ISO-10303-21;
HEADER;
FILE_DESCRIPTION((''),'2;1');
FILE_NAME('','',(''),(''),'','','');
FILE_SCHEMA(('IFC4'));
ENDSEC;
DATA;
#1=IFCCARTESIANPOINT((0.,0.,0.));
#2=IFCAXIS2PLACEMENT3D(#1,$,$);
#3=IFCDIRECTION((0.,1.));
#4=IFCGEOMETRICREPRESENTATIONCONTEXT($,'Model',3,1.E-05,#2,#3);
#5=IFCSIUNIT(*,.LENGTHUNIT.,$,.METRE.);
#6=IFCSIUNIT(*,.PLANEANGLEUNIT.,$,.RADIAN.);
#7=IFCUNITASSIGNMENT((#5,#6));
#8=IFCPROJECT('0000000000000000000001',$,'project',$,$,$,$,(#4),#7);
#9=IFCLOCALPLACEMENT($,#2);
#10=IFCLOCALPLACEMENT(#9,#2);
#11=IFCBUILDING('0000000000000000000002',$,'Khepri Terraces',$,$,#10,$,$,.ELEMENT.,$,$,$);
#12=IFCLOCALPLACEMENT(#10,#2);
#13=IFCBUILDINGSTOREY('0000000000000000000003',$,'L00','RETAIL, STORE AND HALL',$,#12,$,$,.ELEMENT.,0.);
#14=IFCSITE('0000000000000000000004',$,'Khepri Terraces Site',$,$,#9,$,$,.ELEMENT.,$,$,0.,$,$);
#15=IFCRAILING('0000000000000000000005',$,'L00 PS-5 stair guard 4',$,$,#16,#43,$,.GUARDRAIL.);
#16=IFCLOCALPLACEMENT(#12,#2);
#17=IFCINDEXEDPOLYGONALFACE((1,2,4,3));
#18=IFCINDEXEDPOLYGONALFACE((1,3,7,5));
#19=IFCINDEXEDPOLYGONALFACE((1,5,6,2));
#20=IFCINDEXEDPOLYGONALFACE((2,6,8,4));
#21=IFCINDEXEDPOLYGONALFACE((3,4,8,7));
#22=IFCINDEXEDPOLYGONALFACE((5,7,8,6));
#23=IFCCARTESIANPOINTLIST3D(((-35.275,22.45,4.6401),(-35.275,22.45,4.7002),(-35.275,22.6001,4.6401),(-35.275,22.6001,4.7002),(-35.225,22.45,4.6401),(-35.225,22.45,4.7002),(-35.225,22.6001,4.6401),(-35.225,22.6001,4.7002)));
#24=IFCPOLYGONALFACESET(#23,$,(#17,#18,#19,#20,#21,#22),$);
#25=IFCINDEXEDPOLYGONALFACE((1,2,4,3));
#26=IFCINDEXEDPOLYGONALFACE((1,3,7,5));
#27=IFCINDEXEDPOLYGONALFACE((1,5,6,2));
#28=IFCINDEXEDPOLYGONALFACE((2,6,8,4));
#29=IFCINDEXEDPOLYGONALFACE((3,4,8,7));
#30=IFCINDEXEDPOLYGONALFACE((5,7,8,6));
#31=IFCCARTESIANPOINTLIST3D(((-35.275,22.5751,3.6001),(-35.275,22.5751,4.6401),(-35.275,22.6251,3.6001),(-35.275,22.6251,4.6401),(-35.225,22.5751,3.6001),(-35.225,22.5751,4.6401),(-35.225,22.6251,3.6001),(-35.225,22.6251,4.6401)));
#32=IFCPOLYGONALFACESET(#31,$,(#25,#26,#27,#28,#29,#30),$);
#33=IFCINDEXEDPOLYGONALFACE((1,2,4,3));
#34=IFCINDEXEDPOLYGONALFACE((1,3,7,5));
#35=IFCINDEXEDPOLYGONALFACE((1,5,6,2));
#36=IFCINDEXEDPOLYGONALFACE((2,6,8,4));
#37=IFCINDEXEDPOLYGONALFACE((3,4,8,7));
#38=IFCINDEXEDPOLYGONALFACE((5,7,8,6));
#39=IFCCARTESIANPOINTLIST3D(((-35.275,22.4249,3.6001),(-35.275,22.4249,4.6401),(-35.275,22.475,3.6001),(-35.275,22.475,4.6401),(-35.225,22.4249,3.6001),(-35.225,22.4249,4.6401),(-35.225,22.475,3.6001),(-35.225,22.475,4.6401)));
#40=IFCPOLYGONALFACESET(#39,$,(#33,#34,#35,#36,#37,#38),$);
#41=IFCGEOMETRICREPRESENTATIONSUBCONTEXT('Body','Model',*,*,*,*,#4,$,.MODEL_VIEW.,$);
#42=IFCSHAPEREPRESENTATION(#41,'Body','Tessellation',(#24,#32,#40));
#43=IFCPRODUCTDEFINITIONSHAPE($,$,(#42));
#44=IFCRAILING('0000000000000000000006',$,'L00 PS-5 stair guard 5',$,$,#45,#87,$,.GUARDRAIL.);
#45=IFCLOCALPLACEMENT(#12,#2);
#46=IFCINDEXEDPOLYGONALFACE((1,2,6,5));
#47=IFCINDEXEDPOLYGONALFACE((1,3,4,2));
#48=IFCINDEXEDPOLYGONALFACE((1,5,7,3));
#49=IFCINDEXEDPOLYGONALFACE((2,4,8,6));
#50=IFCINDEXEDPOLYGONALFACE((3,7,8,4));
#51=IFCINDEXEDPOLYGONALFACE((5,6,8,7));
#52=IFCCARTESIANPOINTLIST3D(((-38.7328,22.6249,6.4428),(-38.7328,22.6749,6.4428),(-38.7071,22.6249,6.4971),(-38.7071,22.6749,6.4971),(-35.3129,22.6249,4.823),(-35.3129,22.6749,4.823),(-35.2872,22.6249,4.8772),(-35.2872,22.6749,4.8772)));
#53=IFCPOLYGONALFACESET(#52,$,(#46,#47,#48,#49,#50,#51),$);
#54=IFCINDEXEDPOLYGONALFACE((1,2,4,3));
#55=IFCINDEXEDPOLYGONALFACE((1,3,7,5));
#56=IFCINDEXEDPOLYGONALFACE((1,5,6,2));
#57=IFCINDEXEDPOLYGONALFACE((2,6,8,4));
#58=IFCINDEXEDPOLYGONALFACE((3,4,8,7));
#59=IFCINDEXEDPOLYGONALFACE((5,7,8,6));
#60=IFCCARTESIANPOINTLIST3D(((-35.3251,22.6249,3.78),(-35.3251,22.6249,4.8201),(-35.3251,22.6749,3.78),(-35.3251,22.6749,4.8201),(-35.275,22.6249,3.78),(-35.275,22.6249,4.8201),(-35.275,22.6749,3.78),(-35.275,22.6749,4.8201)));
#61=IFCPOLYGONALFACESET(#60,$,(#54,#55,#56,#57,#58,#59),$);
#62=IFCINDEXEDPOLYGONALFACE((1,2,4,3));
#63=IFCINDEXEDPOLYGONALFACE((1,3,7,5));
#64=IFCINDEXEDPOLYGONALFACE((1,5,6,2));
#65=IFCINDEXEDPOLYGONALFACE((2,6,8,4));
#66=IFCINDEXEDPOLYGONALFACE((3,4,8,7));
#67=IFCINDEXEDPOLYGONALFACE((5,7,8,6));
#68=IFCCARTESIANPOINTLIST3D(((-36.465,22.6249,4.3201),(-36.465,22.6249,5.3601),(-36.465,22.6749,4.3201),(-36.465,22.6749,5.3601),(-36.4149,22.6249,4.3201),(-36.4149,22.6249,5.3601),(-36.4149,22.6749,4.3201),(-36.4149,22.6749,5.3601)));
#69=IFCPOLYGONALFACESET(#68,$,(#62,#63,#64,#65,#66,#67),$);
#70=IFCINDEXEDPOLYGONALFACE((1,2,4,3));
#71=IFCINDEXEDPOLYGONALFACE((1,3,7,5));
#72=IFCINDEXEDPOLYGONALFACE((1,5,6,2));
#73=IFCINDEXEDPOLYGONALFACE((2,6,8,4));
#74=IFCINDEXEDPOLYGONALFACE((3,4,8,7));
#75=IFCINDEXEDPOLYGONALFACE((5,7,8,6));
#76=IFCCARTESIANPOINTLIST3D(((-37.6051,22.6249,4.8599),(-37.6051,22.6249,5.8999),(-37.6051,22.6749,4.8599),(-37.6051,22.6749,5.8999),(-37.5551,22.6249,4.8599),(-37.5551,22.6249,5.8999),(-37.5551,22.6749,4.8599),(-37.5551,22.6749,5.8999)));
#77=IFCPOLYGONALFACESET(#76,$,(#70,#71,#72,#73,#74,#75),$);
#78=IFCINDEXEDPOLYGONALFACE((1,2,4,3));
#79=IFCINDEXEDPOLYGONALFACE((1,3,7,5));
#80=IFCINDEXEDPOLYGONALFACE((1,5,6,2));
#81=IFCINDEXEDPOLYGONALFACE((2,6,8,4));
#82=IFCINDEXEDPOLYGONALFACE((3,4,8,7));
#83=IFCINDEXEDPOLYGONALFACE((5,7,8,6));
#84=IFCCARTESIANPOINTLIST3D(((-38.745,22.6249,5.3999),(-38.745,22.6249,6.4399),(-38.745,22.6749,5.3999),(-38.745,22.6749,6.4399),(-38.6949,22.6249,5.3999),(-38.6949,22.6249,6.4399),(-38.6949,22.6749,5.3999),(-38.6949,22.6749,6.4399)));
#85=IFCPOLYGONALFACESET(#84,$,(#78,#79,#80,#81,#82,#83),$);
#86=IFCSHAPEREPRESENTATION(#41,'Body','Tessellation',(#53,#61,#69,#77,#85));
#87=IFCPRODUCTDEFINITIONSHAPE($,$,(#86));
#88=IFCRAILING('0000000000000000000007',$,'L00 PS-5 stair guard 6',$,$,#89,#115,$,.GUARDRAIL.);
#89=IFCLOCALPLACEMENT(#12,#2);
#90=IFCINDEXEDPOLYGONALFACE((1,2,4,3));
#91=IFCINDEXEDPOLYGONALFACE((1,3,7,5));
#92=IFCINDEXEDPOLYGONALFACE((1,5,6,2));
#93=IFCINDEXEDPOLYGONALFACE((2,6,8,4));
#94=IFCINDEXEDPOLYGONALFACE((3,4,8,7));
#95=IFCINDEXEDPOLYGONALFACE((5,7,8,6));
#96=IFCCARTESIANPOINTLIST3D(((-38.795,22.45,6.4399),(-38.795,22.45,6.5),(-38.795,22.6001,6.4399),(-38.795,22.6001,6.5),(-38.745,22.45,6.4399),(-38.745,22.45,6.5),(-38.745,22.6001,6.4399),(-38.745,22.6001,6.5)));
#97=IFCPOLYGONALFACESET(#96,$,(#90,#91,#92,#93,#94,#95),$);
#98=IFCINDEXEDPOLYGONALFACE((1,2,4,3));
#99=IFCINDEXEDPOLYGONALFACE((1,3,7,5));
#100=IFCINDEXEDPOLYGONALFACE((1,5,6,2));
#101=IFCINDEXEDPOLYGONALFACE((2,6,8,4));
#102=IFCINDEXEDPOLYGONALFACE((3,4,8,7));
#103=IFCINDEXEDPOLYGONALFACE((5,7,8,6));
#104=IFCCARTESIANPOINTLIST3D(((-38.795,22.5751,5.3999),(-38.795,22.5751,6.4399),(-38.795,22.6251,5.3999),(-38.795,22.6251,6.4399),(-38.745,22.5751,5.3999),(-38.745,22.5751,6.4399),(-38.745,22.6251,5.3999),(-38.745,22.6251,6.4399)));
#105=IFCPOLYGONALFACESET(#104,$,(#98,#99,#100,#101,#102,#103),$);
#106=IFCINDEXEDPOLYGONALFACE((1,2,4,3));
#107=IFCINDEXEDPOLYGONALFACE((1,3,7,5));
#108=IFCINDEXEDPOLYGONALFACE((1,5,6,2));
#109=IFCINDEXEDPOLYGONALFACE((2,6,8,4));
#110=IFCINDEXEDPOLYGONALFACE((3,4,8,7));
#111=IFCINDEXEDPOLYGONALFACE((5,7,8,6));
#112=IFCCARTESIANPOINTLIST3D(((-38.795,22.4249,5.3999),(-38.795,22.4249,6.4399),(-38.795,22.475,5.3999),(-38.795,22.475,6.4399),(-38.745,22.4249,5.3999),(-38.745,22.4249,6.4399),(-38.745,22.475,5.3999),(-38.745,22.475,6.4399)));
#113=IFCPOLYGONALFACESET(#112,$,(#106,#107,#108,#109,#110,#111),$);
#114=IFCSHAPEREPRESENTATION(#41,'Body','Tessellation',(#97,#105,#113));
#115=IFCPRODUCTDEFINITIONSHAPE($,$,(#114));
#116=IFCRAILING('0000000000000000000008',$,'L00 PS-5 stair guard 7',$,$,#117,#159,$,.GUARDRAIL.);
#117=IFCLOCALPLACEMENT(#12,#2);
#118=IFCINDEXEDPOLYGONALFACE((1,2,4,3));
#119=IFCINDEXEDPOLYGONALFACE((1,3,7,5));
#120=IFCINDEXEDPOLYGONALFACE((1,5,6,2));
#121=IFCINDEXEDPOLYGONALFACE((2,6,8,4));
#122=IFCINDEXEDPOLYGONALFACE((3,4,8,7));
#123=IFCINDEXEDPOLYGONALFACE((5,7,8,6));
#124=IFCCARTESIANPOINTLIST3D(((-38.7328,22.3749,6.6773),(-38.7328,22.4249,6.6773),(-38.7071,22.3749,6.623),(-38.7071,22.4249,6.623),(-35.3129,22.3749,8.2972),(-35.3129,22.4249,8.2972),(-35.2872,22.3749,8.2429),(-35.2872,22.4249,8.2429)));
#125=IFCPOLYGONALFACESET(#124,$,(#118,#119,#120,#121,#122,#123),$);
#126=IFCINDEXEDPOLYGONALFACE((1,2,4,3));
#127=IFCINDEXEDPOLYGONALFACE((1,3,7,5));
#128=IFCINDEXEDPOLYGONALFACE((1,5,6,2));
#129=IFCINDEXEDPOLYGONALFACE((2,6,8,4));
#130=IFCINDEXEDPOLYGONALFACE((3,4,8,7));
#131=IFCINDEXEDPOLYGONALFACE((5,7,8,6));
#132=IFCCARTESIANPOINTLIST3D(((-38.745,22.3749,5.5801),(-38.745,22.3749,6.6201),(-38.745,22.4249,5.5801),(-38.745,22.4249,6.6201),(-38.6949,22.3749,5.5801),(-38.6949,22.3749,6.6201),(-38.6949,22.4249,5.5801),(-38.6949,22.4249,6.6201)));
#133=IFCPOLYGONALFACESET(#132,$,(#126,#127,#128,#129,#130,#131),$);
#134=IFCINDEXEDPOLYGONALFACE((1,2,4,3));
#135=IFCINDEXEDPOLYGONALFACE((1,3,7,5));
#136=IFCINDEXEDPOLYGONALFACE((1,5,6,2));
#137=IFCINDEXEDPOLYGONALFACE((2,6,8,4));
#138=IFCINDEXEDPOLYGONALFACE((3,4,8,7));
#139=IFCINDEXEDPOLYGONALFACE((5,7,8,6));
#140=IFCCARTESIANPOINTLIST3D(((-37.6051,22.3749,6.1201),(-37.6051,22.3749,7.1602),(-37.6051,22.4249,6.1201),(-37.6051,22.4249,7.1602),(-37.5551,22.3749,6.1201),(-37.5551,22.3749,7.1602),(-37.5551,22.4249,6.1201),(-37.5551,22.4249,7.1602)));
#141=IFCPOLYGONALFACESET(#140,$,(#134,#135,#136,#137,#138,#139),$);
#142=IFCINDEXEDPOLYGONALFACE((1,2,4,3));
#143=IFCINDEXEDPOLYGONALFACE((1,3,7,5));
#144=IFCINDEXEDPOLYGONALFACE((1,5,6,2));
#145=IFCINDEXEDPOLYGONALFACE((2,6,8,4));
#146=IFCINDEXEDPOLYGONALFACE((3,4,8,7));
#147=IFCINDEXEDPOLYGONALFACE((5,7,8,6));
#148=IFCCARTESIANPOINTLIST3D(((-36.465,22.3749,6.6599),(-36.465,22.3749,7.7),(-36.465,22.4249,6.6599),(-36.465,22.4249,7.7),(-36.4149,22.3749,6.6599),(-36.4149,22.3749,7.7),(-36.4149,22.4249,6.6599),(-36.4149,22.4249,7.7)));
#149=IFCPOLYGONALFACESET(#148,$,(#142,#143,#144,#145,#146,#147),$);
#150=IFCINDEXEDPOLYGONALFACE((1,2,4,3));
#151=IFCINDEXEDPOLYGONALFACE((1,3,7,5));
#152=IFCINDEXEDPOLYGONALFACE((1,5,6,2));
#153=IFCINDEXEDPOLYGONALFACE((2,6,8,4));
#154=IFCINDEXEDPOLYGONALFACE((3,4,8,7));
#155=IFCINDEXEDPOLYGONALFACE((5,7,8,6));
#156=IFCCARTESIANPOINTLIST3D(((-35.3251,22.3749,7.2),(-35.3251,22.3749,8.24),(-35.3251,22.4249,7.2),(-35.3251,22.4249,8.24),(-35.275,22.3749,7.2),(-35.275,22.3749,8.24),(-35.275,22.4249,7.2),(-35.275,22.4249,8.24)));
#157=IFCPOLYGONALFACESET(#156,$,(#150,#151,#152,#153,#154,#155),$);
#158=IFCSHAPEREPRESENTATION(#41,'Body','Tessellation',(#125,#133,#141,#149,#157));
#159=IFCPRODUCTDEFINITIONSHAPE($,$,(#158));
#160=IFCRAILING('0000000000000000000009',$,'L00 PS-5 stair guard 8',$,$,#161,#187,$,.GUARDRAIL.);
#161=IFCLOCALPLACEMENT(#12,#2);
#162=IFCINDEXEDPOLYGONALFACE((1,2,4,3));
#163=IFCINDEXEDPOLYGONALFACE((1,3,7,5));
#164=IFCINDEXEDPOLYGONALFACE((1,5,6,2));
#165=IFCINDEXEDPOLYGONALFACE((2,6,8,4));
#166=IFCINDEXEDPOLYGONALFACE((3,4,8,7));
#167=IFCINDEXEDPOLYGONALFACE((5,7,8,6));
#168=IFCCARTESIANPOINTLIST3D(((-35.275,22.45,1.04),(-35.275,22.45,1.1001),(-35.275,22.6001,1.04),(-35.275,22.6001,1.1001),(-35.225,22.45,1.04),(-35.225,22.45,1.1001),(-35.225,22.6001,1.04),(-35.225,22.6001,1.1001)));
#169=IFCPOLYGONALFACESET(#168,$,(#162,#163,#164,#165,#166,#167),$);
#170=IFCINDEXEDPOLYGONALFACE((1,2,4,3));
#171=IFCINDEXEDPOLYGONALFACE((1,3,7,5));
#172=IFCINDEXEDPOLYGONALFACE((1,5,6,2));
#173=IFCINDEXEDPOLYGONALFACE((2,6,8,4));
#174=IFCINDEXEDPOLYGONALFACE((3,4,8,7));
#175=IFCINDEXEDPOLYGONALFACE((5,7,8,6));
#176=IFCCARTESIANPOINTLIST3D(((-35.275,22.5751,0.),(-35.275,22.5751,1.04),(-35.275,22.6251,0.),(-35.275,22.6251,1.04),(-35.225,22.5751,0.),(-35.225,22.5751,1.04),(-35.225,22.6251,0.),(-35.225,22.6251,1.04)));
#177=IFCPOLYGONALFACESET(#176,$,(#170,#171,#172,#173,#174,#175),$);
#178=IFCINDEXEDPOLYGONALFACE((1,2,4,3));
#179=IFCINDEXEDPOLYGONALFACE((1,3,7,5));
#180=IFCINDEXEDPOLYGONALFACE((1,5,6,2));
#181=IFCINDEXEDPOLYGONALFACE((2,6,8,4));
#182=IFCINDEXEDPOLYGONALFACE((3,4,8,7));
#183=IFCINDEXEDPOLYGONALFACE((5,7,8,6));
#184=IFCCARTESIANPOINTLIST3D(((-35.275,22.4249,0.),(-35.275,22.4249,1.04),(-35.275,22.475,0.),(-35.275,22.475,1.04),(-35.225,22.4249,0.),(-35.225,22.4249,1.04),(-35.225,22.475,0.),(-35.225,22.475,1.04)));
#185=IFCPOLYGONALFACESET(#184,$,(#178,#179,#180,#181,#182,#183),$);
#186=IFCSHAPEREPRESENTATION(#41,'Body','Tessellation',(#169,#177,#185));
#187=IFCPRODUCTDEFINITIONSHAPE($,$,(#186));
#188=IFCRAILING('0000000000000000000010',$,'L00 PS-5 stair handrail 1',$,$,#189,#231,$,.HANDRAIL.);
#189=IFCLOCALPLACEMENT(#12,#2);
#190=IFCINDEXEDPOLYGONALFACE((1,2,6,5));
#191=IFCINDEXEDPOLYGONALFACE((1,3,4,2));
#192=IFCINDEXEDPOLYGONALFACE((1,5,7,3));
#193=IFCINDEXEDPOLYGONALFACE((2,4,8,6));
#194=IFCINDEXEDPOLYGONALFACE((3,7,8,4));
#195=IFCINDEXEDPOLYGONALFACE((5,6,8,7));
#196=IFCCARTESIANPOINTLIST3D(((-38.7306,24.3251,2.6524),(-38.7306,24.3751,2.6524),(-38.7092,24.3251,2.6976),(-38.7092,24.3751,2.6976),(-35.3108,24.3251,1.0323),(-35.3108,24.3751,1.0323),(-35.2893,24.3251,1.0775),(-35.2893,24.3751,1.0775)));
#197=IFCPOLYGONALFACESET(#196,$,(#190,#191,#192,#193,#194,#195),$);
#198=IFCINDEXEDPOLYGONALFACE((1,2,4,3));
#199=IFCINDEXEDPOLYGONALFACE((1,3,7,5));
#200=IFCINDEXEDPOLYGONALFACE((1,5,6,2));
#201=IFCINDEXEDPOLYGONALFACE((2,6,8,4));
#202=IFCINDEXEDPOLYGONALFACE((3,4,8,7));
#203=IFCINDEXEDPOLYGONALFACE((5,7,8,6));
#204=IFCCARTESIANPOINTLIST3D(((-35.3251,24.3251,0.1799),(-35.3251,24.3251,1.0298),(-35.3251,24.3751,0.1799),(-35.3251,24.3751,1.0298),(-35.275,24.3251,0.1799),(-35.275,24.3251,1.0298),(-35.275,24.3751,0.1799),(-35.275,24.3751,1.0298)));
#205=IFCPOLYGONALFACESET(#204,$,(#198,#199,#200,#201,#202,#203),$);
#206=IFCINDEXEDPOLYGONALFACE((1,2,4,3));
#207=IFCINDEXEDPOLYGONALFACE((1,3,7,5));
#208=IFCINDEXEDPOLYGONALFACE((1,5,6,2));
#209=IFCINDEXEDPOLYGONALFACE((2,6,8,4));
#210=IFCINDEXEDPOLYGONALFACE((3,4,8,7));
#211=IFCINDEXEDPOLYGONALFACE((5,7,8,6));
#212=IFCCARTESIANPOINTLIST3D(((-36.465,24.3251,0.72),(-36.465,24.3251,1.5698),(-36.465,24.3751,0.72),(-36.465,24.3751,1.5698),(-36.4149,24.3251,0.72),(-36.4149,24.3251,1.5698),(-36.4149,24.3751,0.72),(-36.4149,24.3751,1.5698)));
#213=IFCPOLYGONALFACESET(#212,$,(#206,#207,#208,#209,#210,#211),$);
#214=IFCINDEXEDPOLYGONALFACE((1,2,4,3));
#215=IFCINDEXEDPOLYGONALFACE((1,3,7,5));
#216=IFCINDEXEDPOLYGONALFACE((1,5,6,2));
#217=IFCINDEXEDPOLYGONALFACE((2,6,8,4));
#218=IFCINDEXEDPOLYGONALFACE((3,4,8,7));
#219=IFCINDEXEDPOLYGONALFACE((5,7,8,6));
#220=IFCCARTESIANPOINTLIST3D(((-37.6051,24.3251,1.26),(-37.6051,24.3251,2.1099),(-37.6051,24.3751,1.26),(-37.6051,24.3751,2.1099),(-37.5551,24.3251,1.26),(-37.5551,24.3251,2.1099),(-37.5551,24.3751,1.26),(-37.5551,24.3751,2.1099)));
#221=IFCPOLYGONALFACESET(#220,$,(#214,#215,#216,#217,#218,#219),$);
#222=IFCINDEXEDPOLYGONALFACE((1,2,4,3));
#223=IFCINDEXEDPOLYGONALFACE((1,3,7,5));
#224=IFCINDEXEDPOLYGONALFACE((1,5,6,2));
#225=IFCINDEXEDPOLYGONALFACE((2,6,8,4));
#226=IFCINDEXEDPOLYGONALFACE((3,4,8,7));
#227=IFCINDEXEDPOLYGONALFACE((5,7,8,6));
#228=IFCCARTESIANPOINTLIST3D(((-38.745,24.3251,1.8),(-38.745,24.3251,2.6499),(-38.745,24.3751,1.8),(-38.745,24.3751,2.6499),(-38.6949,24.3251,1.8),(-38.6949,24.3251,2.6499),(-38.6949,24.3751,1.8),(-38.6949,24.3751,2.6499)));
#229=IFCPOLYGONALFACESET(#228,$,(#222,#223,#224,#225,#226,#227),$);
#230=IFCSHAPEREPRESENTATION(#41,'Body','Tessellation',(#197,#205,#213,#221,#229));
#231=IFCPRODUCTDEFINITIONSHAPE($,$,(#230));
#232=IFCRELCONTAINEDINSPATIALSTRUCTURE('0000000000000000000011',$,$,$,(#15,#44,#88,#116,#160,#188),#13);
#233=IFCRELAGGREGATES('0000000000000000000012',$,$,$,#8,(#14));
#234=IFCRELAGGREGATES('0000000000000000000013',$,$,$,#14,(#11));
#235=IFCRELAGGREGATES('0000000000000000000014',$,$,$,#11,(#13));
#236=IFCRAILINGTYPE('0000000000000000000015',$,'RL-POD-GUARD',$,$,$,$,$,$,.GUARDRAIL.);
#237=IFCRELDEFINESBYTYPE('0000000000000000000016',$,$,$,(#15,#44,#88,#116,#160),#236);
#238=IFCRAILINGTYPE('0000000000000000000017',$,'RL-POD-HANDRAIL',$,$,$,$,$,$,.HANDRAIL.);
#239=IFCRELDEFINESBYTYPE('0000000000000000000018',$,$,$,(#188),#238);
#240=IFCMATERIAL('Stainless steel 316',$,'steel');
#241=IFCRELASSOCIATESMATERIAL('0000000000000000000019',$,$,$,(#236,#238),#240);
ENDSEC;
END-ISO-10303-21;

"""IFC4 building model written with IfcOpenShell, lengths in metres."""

from ifc_helpers import new_model, si_unit, direction, frame, origin, origin_2d, place, context, subcontext, project, spatial, rectangle, extrude, material, type_object, element, save


model = new_model("IFC4")

# Units and contexts
model_context = context("Model", 3, precision=1e-05, world=origin(), true_north=direction((0.0, 1.0)))
body_context = subcontext(model_context, "Body", "Model", "MODEL_VIEW")
ifc_project = project(units=[si_unit("LENGTHUNIT", "METRE"), si_unit("PLANEANGLEUNIT", "RADIAN")], contexts=[model_context])

# Site, building, storey
site_placement = place(None, origin())
site = spatial("IfcSite", under=ifc_project, at=site_placement, Name="Khepri Terraces Site", CompositionType="ELEMENT", RefElevation=0.0)
building_placement = place(site_placement, origin())
building = spatial("IfcBuilding", under=site, at=building_placement, Name="Khepri Terraces", CompositionType="ELEMENT")
storey_placement = place(building_placement, origin())
storey = spatial("IfcBuildingStorey", under=building, at=storey_placement, Name="L00", Description="RETAIL, STORE AND HALL", CompositionType="ELEMENT", Elevation=0.0)

# Railings
ifc_material_1 = material(Name="Stainless steel 316", Category="steel")
railing_type_1 = type_object("IfcRailingType", Name="RL-POD-GUARD", PredefinedType="GUARDRAIL", material=ifc_material_1)
railing_1_placement = place(storey_placement, frame((-35.25, 22.6001, 3.6001)))
element("IfcRailing", 1, at=railing_1_placement, inside=storey, type_object=railing_type_1, Name="L00 PS-5 stair guard 4", PredefinedType="GUARDRAIL", context=body_context, shape_type="SweptSolid", body=[
    extrude(rectangle(XDim=0.05, YDim=0.0601, at=origin_2d()), frame((0.0, 0.0, 1.0701), z_axis=(0.0, -1.0, 0.0), x_axis=(1.0, 0.0, 0.0)), (0.0, 0.0, 1.0), 0.1501),
    extrude(rectangle(XDim=0.05, YDim=0.05, at=origin_2d()), origin(), (0.0, 0.0, 1.0), 1.04),
    extrude(rectangle(XDim=0.05, YDim=0.05, at=origin_2d()), frame((0.0, -0.1501, 0.0)), (0.0, 0.0, 1.0), 1.04),
])
railing_2_placement = place(storey_placement, frame((-35.3, 22.6499, 3.78)))
element("IfcRailing", 2, at=railing_2_placement, inside=storey, type_object=railing_type_1, Name="L00 PS-5 stair guard 5", PredefinedType="GUARDRAIL", context=body_context, shape_type="SweptSolid", body=[
    extrude(rectangle(XDim=0.05, YDim=0.0601, at=origin_2d()), frame((0.0, 0.0, 1.0701), z_axis=(-0.903747, 0.0, 0.428067), x_axis=(0.0, -1.0, 0.0)), (0.0, 0.0, 1.0), 3.7842),
    extrude(rectangle(XDim=0.05, YDim=0.05, at=origin_2d()), origin(), (0.0, 0.0, 1.0), 1.04),
    extrude(rectangle(XDim=0.05, YDim=0.05, at=origin_2d()), frame((-1.1399, 0.0, 0.54)), (0.0, 0.0, 1.0), 1.04),
    extrude(rectangle(XDim=0.05, YDim=0.05, at=origin_2d()), frame((-2.28, 0.0, 1.0798)), (0.0, 0.0, 1.0), 1.04),
    extrude(rectangle(XDim=0.05, YDim=0.05, at=origin_2d()), frame((-3.4199, 0.0, 1.6199)), (0.0, 0.0, 1.0), 1.04),
])
railing_3_placement = place(storey_placement, frame((-38.77, 22.6001, 5.3999)))
element("IfcRailing", 3, at=railing_3_placement, inside=storey, type_object=railing_type_1, Name="L00 PS-5 stair guard 6", PredefinedType="GUARDRAIL", context=body_context, shape_type="SweptSolid", body=[
    extrude(rectangle(XDim=0.05, YDim=0.0601, at=origin_2d()), frame((0.0, 0.0, 1.0701), z_axis=(0.0, -1.0, 0.0), x_axis=(1.0, 0.0, 0.0)), (0.0, 0.0, 1.0), 0.1501),
    extrude(rectangle(XDim=0.05, YDim=0.05, at=origin_2d()), origin(), (0.0, 0.0, 1.0), 1.04),
    extrude(rectangle(XDim=0.05, YDim=0.05, at=origin_2d()), frame((0.0, -0.1501, 0.0)), (0.0, 0.0, 1.0), 1.04),
])
railing_4_placement = place(storey_placement, frame((-38.72, 22.3999, 5.5801)))
element("IfcRailing", 4, at=railing_4_placement, inside=storey, type_object=railing_type_1, Name="L00 PS-5 stair guard 7", PredefinedType="GUARDRAIL", context=body_context, shape_type="SweptSolid", body=[
    extrude(rectangle(XDim=0.05, YDim=0.0601, at=origin_2d()), frame((0.0, 0.0, 1.0701), z_axis=(0.903747, 0.0, 0.428067), x_axis=(0.0, 1.0, 0.0)), (0.0, 0.0, 1.0), 3.7842),
    extrude(rectangle(XDim=0.05, YDim=0.05, at=origin_2d()), origin(), (0.0, 0.0, 1.0), 1.04),
    extrude(rectangle(XDim=0.05, YDim=0.05, at=origin_2d()), frame((1.1399, 0.0, 0.54)), (0.0, 0.0, 1.0), 1.04),
    extrude(rectangle(XDim=0.05, YDim=0.05, at=origin_2d()), frame((2.28, 0.0, 1.0798)), (0.0, 0.0, 1.0), 1.04),
    extrude(rectangle(XDim=0.05, YDim=0.05, at=origin_2d()), frame((3.4199, 0.0, 1.6199)), (0.0, 0.0, 1.0), 1.04),
])
railing_5_placement = place(storey_placement, frame((-35.25, 22.6001, 0.0)))
element("IfcRailing", 5, at=railing_5_placement, inside=storey, type_object=railing_type_1, Name="L00 PS-5 stair guard 8", PredefinedType="GUARDRAIL", context=body_context, shape_type="SweptSolid", body=[
    extrude(rectangle(XDim=0.05, YDim=0.0601, at=origin_2d()), frame((0.0, 0.0, 1.0701), z_axis=(0.0, -1.0, 0.0), x_axis=(1.0, 0.0, 0.0)), (0.0, 0.0, 1.0), 0.1501),
    extrude(rectangle(XDim=0.05, YDim=0.05, at=origin_2d()), origin(), (0.0, 0.0, 1.0), 1.04),
    extrude(rectangle(XDim=0.05, YDim=0.05, at=origin_2d()), frame((0.0, -0.1501, 0.0)), (0.0, 0.0, 1.0), 1.04),
])
railing_type_2 = type_object("IfcRailingType", Name="RL-POD-HANDRAIL", PredefinedType="HANDRAIL", material=ifc_material_1)
railing_6_placement = place(storey_placement, frame((-35.3, 24.3501, 0.1799)))
element("IfcRailing", 6, at=railing_6_placement, inside=storey, type_object=railing_type_2, Name="L00 PS-5 stair handrail 1", PredefinedType="HANDRAIL", context=body_context, shape_type="SweptSolid", body=[
    extrude(rectangle(XDim=0.05, YDim=0.05, at=origin_2d()), frame((0.0, 0.0, 0.875), z_axis=(-0.903722, 0.0, 0.42812), x_axis=(0.0, -1.0, 0.0)), (0.0, 0.0, 1.0), 3.7842),
    extrude(rectangle(XDim=0.05, YDim=0.05, at=origin_2d()), origin(), (0.0, 0.0, 1.0), 0.8499),
    extrude(rectangle(XDim=0.05, YDim=0.05, at=origin_2d()), frame((-1.1399, 0.0, 0.54)), (0.0, 0.0, 1.0), 0.8499),
    extrude(rectangle(XDim=0.05, YDim=0.05, at=origin_2d()), frame((-2.28, 0.0, 1.0801)), (0.0, 0.0, 1.0), 0.8499),
    extrude(rectangle(XDim=0.05, YDim=0.05, at=origin_2d()), frame((-3.4199, 0.0, 1.6201)), (0.0, 0.0, 1.0), 0.8499),
])

save(model, "model.ifc")
